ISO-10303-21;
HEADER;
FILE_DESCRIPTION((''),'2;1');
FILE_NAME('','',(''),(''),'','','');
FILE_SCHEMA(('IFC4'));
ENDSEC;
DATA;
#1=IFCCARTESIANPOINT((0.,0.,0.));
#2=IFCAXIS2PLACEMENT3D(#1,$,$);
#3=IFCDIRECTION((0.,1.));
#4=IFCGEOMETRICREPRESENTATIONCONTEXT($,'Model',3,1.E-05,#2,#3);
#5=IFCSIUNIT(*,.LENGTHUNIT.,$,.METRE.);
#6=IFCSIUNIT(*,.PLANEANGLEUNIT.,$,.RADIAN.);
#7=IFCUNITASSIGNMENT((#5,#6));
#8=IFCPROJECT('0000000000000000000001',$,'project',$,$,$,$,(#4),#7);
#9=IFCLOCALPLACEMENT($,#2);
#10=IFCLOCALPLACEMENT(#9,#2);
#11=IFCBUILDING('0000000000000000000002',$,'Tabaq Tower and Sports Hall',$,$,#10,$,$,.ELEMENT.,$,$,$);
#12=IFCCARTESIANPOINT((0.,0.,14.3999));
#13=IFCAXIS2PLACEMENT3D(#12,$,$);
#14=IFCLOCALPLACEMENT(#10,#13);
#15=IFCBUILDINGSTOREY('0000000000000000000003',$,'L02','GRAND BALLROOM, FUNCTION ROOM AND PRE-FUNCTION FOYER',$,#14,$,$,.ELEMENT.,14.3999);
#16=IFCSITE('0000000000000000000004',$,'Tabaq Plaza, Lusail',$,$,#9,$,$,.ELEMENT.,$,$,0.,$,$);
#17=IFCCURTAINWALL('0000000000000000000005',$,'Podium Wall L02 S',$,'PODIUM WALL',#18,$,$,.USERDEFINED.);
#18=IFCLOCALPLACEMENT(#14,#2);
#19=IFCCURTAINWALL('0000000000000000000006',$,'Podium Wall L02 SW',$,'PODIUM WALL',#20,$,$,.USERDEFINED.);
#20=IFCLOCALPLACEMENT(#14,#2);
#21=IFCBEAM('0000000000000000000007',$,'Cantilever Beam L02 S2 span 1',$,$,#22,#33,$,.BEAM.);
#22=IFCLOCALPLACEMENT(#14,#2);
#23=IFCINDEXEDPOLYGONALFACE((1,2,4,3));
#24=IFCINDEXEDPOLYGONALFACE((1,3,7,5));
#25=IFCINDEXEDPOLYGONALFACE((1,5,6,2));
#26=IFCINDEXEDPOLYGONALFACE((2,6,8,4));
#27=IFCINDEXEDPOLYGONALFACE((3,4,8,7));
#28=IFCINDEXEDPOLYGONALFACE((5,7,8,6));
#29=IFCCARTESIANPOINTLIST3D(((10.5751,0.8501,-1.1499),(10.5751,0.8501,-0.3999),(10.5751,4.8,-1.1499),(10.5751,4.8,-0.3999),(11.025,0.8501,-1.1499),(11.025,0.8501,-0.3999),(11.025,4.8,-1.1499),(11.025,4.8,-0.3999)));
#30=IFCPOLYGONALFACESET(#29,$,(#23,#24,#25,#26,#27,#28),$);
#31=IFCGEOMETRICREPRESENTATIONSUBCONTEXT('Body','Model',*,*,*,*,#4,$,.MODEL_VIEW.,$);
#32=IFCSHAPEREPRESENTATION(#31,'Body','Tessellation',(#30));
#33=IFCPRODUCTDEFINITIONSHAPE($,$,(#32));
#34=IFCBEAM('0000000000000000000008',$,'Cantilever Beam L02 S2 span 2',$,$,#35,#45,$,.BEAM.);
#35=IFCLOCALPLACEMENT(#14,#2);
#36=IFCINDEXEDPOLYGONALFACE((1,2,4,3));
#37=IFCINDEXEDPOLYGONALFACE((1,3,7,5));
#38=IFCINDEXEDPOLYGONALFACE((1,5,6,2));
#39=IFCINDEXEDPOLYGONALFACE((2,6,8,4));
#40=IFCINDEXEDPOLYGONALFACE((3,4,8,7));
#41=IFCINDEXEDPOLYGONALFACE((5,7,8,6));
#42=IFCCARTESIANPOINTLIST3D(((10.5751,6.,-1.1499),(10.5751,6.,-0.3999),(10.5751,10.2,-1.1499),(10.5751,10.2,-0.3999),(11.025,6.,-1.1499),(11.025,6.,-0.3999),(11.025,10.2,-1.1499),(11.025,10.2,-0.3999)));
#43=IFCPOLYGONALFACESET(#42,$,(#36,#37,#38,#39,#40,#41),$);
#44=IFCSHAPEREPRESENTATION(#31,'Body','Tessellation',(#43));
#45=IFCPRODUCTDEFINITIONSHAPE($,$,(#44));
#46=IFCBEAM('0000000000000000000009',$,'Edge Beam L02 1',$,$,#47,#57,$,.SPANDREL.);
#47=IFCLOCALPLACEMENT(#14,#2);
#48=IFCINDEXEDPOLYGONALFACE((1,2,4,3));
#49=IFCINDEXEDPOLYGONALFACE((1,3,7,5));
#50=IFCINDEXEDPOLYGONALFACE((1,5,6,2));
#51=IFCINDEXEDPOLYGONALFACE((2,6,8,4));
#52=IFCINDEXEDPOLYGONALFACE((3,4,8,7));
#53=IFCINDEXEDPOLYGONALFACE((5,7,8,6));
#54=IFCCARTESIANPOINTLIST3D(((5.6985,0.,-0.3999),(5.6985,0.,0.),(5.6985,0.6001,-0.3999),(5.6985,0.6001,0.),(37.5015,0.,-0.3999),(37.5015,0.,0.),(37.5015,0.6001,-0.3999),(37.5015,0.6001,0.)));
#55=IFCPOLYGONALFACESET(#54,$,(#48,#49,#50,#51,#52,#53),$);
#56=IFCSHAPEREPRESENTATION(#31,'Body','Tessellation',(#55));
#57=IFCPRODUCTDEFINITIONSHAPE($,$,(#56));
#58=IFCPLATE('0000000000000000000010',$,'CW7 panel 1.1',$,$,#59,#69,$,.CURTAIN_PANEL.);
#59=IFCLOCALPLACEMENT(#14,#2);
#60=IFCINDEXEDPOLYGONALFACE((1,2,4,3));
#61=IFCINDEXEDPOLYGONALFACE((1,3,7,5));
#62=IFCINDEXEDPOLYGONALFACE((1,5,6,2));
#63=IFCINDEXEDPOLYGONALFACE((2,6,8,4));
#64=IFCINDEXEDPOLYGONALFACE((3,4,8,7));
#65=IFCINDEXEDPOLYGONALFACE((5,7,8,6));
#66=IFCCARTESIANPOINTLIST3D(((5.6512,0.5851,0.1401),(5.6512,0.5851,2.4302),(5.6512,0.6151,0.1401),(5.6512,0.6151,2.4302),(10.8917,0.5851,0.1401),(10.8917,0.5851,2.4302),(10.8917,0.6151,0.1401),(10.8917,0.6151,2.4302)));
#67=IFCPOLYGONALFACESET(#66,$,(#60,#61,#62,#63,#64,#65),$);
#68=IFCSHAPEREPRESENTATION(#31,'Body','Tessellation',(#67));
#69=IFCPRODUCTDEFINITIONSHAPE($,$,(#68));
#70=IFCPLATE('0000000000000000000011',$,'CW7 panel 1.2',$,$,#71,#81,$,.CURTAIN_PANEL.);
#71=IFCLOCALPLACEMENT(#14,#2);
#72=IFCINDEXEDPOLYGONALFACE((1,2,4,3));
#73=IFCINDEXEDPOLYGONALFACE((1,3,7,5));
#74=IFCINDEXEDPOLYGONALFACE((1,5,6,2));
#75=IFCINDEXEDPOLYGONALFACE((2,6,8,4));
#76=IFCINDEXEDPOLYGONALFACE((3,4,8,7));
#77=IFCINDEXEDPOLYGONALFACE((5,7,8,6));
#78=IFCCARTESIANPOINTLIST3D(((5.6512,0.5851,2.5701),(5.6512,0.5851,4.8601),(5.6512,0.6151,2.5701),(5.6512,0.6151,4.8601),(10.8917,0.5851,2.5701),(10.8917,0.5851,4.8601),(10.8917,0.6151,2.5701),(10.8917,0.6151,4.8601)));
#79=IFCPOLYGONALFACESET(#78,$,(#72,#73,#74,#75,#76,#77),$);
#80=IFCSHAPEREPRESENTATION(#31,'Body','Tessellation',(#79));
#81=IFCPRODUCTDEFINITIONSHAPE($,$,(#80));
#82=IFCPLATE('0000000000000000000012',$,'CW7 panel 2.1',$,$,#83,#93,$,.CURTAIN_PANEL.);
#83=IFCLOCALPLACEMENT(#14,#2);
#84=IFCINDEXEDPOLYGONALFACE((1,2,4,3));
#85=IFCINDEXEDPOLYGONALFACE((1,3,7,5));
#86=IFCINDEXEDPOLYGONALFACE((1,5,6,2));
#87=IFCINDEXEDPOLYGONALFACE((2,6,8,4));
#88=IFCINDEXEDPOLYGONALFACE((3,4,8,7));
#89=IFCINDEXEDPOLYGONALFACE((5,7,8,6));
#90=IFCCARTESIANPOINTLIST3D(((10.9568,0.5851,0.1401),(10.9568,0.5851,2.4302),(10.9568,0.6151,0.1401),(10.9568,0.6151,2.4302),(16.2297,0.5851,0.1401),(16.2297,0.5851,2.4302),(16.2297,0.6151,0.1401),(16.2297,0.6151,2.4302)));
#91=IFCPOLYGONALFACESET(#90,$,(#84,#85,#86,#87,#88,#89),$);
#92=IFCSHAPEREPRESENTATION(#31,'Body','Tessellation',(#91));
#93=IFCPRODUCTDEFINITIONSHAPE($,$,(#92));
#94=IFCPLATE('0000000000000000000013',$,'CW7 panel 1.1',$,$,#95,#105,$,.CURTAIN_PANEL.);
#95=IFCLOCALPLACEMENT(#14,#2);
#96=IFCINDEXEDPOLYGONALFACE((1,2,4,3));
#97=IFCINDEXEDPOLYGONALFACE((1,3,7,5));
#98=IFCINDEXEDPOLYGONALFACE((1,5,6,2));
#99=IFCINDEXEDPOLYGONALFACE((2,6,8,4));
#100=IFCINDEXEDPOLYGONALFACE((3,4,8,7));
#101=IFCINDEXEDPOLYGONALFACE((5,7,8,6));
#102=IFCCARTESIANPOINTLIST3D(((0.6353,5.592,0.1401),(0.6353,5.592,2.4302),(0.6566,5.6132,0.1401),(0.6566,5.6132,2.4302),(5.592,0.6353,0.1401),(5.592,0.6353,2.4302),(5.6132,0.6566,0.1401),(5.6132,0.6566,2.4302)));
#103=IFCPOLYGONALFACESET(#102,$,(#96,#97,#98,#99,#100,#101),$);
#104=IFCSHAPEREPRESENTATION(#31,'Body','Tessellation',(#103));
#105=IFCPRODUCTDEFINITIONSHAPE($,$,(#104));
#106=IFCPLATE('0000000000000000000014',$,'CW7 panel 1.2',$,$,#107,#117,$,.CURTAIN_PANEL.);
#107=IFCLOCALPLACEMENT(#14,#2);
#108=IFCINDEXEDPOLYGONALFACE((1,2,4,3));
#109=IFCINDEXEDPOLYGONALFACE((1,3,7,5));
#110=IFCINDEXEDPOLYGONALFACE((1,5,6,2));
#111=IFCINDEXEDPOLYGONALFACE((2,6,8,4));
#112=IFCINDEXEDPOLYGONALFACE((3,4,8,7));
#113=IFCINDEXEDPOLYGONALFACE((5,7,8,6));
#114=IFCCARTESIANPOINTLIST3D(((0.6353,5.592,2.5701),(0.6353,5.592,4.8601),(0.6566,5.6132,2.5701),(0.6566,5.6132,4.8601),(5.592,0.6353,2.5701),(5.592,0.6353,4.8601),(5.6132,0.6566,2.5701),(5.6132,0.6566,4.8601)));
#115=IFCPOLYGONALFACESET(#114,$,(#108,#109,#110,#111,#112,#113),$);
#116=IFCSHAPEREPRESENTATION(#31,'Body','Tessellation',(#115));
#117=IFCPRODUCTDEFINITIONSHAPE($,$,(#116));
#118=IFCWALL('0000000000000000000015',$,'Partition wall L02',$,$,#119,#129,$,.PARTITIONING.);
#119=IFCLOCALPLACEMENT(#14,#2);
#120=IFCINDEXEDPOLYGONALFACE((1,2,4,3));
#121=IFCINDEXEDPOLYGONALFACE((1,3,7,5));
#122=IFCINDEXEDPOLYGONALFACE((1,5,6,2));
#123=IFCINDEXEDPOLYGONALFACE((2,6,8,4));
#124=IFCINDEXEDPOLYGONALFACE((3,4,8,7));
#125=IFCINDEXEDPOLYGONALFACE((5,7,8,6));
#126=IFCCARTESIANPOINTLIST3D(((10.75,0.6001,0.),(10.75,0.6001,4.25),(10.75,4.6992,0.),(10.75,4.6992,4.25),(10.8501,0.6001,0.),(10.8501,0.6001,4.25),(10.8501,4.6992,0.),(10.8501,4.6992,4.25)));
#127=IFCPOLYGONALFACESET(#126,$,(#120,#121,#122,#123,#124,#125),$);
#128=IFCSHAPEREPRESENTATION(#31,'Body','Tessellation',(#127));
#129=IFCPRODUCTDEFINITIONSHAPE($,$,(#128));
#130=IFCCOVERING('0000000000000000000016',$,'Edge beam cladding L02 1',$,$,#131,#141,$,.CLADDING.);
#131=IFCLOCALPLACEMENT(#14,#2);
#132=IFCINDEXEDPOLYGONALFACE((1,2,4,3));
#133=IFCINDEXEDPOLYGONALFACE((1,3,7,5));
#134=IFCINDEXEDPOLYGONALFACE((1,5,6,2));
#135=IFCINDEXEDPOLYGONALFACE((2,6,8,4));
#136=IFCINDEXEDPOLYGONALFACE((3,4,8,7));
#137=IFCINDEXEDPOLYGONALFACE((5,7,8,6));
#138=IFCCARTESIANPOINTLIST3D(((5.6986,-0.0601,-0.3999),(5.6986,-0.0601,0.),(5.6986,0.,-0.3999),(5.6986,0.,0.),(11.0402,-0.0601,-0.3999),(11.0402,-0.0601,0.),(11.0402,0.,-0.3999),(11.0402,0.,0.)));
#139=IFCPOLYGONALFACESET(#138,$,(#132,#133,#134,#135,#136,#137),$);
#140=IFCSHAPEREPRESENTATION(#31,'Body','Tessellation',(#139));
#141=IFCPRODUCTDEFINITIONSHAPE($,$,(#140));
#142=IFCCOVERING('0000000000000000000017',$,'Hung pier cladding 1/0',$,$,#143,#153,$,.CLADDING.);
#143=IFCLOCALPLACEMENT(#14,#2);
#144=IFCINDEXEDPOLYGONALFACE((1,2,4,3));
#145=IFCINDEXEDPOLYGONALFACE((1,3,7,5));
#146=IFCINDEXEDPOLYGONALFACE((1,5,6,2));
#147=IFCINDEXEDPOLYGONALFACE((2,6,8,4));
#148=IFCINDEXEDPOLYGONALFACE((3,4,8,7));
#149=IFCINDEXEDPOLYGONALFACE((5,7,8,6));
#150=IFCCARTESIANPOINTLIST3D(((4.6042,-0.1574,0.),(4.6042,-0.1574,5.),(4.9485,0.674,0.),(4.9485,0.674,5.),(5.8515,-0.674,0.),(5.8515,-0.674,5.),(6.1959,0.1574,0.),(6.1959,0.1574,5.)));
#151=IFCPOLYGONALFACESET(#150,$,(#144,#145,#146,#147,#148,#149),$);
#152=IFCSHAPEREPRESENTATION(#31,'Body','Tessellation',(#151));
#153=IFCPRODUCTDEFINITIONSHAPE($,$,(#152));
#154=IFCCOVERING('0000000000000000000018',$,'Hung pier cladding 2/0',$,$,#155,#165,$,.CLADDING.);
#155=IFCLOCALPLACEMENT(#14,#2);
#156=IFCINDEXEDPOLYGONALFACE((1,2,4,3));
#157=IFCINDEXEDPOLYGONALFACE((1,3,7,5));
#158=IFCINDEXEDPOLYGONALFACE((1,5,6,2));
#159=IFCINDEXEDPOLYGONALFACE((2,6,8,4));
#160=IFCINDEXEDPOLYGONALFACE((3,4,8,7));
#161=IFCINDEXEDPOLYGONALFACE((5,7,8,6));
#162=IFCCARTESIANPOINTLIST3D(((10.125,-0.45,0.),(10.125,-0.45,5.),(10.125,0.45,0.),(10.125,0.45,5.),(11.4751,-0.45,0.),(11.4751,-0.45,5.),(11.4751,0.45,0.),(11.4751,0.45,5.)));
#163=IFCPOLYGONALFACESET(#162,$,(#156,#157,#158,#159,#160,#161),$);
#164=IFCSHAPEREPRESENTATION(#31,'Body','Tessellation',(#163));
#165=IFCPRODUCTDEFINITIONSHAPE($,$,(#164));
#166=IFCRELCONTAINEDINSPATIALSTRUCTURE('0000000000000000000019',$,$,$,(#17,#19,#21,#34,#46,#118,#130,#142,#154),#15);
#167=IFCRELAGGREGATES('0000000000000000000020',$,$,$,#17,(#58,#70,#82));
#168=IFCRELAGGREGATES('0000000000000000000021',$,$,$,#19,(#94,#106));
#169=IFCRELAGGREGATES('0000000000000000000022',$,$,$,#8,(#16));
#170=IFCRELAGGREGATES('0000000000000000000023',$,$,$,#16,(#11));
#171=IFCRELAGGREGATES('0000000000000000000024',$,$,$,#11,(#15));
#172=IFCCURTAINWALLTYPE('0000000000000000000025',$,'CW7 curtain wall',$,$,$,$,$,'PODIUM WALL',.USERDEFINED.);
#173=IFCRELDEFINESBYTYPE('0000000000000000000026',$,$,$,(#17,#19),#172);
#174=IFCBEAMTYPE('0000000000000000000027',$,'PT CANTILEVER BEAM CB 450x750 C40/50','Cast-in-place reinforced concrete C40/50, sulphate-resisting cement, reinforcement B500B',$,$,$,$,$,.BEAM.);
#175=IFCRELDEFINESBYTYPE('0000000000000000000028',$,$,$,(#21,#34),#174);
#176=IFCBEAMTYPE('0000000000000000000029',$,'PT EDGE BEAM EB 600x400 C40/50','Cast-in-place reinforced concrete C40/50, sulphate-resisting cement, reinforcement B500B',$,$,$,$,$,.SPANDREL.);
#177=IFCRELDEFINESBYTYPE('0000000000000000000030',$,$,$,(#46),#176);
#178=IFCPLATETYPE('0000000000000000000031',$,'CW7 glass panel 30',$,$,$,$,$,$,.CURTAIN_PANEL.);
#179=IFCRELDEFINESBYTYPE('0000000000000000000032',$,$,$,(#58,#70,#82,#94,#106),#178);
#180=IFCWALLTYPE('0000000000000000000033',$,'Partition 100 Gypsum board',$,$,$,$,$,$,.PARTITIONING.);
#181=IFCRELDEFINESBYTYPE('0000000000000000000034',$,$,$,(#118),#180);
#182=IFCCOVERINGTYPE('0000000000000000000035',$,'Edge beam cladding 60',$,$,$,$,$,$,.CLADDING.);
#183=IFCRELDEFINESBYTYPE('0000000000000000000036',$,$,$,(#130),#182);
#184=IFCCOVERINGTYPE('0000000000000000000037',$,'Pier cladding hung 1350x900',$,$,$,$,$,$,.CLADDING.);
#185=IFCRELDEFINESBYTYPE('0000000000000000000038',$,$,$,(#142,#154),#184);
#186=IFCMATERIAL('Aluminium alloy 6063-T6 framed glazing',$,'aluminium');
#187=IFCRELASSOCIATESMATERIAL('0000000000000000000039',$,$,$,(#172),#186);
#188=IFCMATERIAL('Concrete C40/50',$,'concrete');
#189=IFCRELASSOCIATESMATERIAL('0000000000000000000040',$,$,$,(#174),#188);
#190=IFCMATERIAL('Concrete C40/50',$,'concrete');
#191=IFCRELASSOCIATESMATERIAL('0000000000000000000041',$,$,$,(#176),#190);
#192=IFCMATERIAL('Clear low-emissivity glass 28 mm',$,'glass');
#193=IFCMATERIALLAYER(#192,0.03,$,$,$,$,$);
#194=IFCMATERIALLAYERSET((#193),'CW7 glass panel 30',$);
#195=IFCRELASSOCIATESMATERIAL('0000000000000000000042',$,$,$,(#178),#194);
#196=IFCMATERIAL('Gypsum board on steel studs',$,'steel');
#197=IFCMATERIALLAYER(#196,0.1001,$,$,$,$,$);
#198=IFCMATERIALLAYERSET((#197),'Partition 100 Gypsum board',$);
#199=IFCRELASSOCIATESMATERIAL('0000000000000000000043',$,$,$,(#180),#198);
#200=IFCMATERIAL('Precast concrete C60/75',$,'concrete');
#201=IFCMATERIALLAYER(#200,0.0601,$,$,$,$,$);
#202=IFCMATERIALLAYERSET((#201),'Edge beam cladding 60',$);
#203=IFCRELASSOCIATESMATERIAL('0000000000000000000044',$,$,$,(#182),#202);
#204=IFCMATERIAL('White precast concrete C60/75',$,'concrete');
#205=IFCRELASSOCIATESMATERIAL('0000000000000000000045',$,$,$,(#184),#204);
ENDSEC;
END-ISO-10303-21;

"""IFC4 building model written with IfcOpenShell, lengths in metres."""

from ifc_helpers import new_model, si_unit, direction, frame, frame_2d, origin, origin_2d, place, context, subcontext, project, spatial, rectangle, extrude, material, layer, layer_set, material_profile, profile_set, type_object, element, aggregate, save


model = new_model("IFC4")

# Units and contexts
model_context = context("Model", 3, precision=1e-05, world=origin(), true_north=direction((0.0, 1.0)))
body_context = subcontext(model_context, "Body", "Model", "MODEL_VIEW")
ifc_project = project(units=[si_unit("LENGTHUNIT", "METRE"), si_unit("PLANEANGLEUNIT", "RADIAN")], contexts=[model_context])

# Site, building, storey
site_placement = place(None, origin())
site = spatial("IfcSite", under=ifc_project, at=site_placement, Name="Tabaq Plaza, Lusail", CompositionType="ELEMENT", RefElevation=0.0)
building_placement = place(site_placement, origin())
building = spatial("IfcBuilding", under=site, at=building_placement, Name="Tabaq Tower and Sports Hall", CompositionType="ELEMENT")
storey_placement = place(building_placement, frame((0.0, 0.0, 14.3999)))
storey = spatial("IfcBuildingStorey", under=building, at=storey_placement, Name="L02", Description="GRAND BALLROOM, FUNCTION ROOM AND PRE-FUNCTION FOYER", CompositionType="ELEMENT", Elevation=14.3999)

# Curtain wall
ifc_material_1 = material(Name="Aluminium alloy 6063-T6 framed glazing", Category="aluminium")
curtain_wall_type = type_object("IfcCurtainWallType", Name="CW7 curtain wall", ElementType="PODIUM WALL", PredefinedType="USERDEFINED", material=ifc_material_1)
curtain_wall_1_placement = place(storey_placement, origin())
curtain_wall_1 = element("IfcCurtainWall", 1, at=curtain_wall_1_placement, inside=storey, type_object=curtain_wall_type, Name="Podium Wall L02 S", ObjectType="PODIUM WALL", PredefinedType="USERDEFINED")

# Curtain wall
curtain_wall_2_placement = place(storey_placement, origin())
curtain_wall_2 = element("IfcCurtainWall", 2, at=curtain_wall_2_placement, inside=storey, type_object=curtain_wall_type, Name="Podium Wall L02 SW", ObjectType="PODIUM WALL", PredefinedType="USERDEFINED")

# Beams
ifc_material_2 = material(Name="Concrete C40/50", Category="concrete")
ifc_material_profile_1 = material_profile(ifc_material_2, rectangle(XDim=0.45, YDim=0.75, at=origin_2d()), Name="CB 450x750")
ifc_profile_set_1 = profile_set([ifc_material_profile_1], Name="Concrete C40/50")
beam_type_1 = type_object("IfcBeamType", Name="PT CANTILEVER BEAM CB 450x750 C40/50", Description="Cast-in-place reinforced concrete C40/50, sulphate-resisting cement, reinforcement B500B", PredefinedType="BEAM", material=ifc_profile_set_1)
beam_1_placement = place(storey_placement, frame((10.8, 0.8501, -0.7749), z_axis=(0.0, 1.0, 0.0), x_axis=(-1.0, 0.0, 0.0)))
element("IfcBeam", 3, at=beam_1_placement, inside=storey, type_object=beam_type_1, Name="Cantilever Beam L02 S2 span 1", PredefinedType="BEAM", context=body_context, shape_type="SweptSolid", body=[
    extrude(rectangle(XDim=0.45, YDim=0.75, at=origin_2d()), origin(), (0.0, 0.0, 1.0), 3.95),
])
beam_2_placement = place(storey_placement, frame((10.8, 6.0, -0.7749), z_axis=(0.0, 1.0, 0.0), x_axis=(-1.0, 0.0, 0.0)))
element("IfcBeam", 4, at=beam_2_placement, inside=storey, type_object=beam_type_1, Name="Cantilever Beam L02 S2 span 2", PredefinedType="BEAM", context=body_context, shape_type="SweptSolid", body=[
    extrude(rectangle(XDim=0.45, YDim=0.75, at=origin_2d()), origin(), (0.0, 0.0, 1.0), 4.2),
])
ifc_material_3 = material(Name="Concrete C40/50", Category="concrete")
ifc_material_profile_2 = material_profile(ifc_material_3, rectangle(XDim=0.6001, YDim=0.3999, at=origin_2d()), Name="EB 600x400")
ifc_profile_set_2 = profile_set([ifc_material_profile_2], Name="Concrete C40/50")
beam_type_2 = type_object("IfcBeamType", Name="PT EDGE BEAM EB 600x400 C40/50", Description="Cast-in-place reinforced concrete C40/50, sulphate-resisting cement, reinforcement B500B", PredefinedType="SPANDREL", material=ifc_profile_set_2)
beam_3_placement = place(storey_placement, frame((5.6985, 0.3, -0.2), z_axis=(1.0, 0.0, 0.0), x_axis=(0.0, 1.0, 0.0)))
element("IfcBeam", 5, at=beam_3_placement, inside=storey, type_object=beam_type_2, Name="Edge Beam L02 1", PredefinedType="SPANDREL", context=body_context, shape_type="SweptSolid", body=[
    extrude(rectangle(XDim=0.6001, YDim=0.3999, at=origin_2d()), origin(), (0.0, 0.0, 1.0), 31.803),
])

# Plates
ifc_material_4 = material(Name="Clear low-emissivity glass 28 mm", Category="glass")
ifc_layer_1 = layer(ifc_material_4, 0.03)
ifc_layer_set_1 = layer_set([ifc_layer_1], Name="CW7 glass panel 30")
plate_type = type_object("IfcPlateType", Name="CW7 glass panel 30", PredefinedType="CURTAIN_PANEL", material=ifc_layer_set_1)
plate_1_placement = place(storey_placement, frame((8.2715, 0.6001, 0.1401), z_axis=(0.0, 0.0, 1.0), x_axis=(1.0, 0.0, 0.0)))
plate_1 = element("IfcPlate", 6, at=plate_1_placement, type_object=plate_type, Name="CW7 panel 1.1", PredefinedType="CURTAIN_PANEL", context=body_context, shape_type="SweptSolid", body=[
    extrude(rectangle(XDim=5.2405, YDim=0.03, at=origin_2d()), origin(), (0.0, 0.0, 1.0), 2.29),
])
plate_2_placement = place(storey_placement, frame((8.2715, 0.6001, 2.5701), z_axis=(0.0, 0.0, 1.0), x_axis=(1.0, 0.0, 0.0)))
plate_2 = element("IfcPlate", 7, at=plate_2_placement, type_object=plate_type, Name="CW7 panel 1.2", PredefinedType="CURTAIN_PANEL", context=body_context, shape_type="SweptSolid", body=[
    extrude(rectangle(XDim=5.2405, YDim=0.03, at=origin_2d()), origin(), (0.0, 0.0, 1.0), 2.29),
])
plate_3_placement = place(storey_placement, frame((13.5933, 0.6001, 0.1401), z_axis=(0.0, 0.0, 1.0), x_axis=(1.0, 0.0, 0.0)))
plate_3 = element("IfcPlate", 8, at=plate_3_placement, type_object=plate_type, Name="CW7 panel 2.1", PredefinedType="CURTAIN_PANEL", context=body_context, shape_type="SweptSolid", body=[
    extrude(rectangle(XDim=5.2729, YDim=0.03, at=origin_2d()), origin(), (0.0, 0.0, 1.0), 2.29),
])
aggregate(curtain_wall_1, [plate_1, plate_2, plate_3])
plate_4_placement = place(storey_placement, frame((3.1243, 3.1243, 0.1401), z_axis=(0.0, 0.0, 1.0), x_axis=(0.707107, -0.707107, 0.0)))
plate_4 = element("IfcPlate", 9, at=plate_4_placement, type_object=plate_type, Name="CW7 panel 1.1", PredefinedType="CURTAIN_PANEL", context=body_context, shape_type="SweptSolid", body=[
    extrude(rectangle(XDim=7.0098, YDim=0.03, at=origin_2d()), origin(), (0.0, 0.0, 1.0), 2.29),
])
plate_5_placement = place(storey_placement, frame((3.1243, 3.1243, 2.5701), z_axis=(0.0, 0.0, 1.0), x_axis=(0.707107, -0.707107, 0.0)))
plate_5 = element("IfcPlate", 10, at=plate_5_placement, type_object=plate_type, Name="CW7 panel 1.2", PredefinedType="CURTAIN_PANEL", context=body_context, shape_type="SweptSolid", body=[
    extrude(rectangle(XDim=7.0098, YDim=0.03, at=origin_2d()), origin(), (0.0, 0.0, 1.0), 2.29),
])
aggregate(curtain_wall_2, [plate_4, plate_5])

# Wall
ifc_material_5 = material(Name="Gypsum board on steel studs", Category="steel")
ifc_layer_2 = layer(ifc_material_5, 0.1001)
ifc_layer_set_2 = layer_set([ifc_layer_2], Name="Partition 100 Gypsum board")
wall_type = type_object("IfcWallType", Name="Partition 100 Gypsum board", PredefinedType="PARTITIONING", material=ifc_layer_set_2)
wall_placement = place(storey_placement, frame((10.8, 0.6001, 0.0), z_axis=(0.0, 0.0, 1.0), x_axis=(0.0, 1.0, 0.0)))
element("IfcWall", 11, at=wall_placement, inside=storey, type_object=wall_type, Name="Partition wall L02", PredefinedType="PARTITIONING", context=body_context, shape_type="SweptSolid", body=[
    extrude(rectangle(XDim=4.0991, YDim=0.1001, at=frame_2d((2.0496, 0.0))), origin(), (0.0, 0.0, 1.0), 4.25),
])

# Coverings
ifc_material_6 = material(Name="Precast concrete C60/75", Category="concrete")
ifc_layer_3 = layer(ifc_material_6, 0.0601)
ifc_layer_set_3 = layer_set([ifc_layer_3], Name="Edge beam cladding 60")
covering_type_1 = type_object("IfcCoveringType", Name="Edge beam cladding 60", PredefinedType="CLADDING", material=ifc_layer_set_3)
covering_placement = place(storey_placement, frame((5.6985, -0.03, -0.3999), z_axis=(0.0, 0.0, 1.0), x_axis=(1.0, 0.0, 0.0)))
element("IfcCovering", 12, at=covering_placement, inside=storey, type_object=covering_type_1, Name="Edge beam cladding L02 1", PredefinedType="CLADDING", context=body_context, shape_type="SweptSolid", body=[
    extrude(rectangle(XDim=5.3416, YDim=0.0601, at=frame_2d((2.6709, 0.0))), origin(), (0.0, 0.0, 1.0), 0.3999),
])
ifc_material_7 = material(Name="White precast concrete C60/75", Category="concrete")
covering_type_2 = type_object("IfcCoveringType", Name="Pier cladding hung 1350x900", PredefinedType="CLADDING", material=ifc_material_7)
for number, where, z_axis, x_axis, name in (
    (13, (4.7764, 0.2583, 0.0), (0.0, 0.0, 1.0), (0.923893, -0.38265, 0.0), "Hung pier cladding 1/0"),
    (14, (10.125, 0.0, 0.0), (0.0, 0.0, 1.0), (1.0, 0.0, 0.0), "Hung pier cladding 2/0"),
):
    element("IfcCovering", number, at=place(storey_placement, frame(where, z_axis=z_axis, x_axis=x_axis)), inside=storey, type_object=covering_type_2, Name=name, PredefinedType="CLADDING", context=body_context, shape_type="SweptSolid", body=[
        extrude(rectangle(XDim=1.3501, YDim=0.8999, at=frame_2d((0.675, 0.0))), origin(), (0.0, 0.0, 1.0), 5.0),
    ])

save(model, "model.ifc")
